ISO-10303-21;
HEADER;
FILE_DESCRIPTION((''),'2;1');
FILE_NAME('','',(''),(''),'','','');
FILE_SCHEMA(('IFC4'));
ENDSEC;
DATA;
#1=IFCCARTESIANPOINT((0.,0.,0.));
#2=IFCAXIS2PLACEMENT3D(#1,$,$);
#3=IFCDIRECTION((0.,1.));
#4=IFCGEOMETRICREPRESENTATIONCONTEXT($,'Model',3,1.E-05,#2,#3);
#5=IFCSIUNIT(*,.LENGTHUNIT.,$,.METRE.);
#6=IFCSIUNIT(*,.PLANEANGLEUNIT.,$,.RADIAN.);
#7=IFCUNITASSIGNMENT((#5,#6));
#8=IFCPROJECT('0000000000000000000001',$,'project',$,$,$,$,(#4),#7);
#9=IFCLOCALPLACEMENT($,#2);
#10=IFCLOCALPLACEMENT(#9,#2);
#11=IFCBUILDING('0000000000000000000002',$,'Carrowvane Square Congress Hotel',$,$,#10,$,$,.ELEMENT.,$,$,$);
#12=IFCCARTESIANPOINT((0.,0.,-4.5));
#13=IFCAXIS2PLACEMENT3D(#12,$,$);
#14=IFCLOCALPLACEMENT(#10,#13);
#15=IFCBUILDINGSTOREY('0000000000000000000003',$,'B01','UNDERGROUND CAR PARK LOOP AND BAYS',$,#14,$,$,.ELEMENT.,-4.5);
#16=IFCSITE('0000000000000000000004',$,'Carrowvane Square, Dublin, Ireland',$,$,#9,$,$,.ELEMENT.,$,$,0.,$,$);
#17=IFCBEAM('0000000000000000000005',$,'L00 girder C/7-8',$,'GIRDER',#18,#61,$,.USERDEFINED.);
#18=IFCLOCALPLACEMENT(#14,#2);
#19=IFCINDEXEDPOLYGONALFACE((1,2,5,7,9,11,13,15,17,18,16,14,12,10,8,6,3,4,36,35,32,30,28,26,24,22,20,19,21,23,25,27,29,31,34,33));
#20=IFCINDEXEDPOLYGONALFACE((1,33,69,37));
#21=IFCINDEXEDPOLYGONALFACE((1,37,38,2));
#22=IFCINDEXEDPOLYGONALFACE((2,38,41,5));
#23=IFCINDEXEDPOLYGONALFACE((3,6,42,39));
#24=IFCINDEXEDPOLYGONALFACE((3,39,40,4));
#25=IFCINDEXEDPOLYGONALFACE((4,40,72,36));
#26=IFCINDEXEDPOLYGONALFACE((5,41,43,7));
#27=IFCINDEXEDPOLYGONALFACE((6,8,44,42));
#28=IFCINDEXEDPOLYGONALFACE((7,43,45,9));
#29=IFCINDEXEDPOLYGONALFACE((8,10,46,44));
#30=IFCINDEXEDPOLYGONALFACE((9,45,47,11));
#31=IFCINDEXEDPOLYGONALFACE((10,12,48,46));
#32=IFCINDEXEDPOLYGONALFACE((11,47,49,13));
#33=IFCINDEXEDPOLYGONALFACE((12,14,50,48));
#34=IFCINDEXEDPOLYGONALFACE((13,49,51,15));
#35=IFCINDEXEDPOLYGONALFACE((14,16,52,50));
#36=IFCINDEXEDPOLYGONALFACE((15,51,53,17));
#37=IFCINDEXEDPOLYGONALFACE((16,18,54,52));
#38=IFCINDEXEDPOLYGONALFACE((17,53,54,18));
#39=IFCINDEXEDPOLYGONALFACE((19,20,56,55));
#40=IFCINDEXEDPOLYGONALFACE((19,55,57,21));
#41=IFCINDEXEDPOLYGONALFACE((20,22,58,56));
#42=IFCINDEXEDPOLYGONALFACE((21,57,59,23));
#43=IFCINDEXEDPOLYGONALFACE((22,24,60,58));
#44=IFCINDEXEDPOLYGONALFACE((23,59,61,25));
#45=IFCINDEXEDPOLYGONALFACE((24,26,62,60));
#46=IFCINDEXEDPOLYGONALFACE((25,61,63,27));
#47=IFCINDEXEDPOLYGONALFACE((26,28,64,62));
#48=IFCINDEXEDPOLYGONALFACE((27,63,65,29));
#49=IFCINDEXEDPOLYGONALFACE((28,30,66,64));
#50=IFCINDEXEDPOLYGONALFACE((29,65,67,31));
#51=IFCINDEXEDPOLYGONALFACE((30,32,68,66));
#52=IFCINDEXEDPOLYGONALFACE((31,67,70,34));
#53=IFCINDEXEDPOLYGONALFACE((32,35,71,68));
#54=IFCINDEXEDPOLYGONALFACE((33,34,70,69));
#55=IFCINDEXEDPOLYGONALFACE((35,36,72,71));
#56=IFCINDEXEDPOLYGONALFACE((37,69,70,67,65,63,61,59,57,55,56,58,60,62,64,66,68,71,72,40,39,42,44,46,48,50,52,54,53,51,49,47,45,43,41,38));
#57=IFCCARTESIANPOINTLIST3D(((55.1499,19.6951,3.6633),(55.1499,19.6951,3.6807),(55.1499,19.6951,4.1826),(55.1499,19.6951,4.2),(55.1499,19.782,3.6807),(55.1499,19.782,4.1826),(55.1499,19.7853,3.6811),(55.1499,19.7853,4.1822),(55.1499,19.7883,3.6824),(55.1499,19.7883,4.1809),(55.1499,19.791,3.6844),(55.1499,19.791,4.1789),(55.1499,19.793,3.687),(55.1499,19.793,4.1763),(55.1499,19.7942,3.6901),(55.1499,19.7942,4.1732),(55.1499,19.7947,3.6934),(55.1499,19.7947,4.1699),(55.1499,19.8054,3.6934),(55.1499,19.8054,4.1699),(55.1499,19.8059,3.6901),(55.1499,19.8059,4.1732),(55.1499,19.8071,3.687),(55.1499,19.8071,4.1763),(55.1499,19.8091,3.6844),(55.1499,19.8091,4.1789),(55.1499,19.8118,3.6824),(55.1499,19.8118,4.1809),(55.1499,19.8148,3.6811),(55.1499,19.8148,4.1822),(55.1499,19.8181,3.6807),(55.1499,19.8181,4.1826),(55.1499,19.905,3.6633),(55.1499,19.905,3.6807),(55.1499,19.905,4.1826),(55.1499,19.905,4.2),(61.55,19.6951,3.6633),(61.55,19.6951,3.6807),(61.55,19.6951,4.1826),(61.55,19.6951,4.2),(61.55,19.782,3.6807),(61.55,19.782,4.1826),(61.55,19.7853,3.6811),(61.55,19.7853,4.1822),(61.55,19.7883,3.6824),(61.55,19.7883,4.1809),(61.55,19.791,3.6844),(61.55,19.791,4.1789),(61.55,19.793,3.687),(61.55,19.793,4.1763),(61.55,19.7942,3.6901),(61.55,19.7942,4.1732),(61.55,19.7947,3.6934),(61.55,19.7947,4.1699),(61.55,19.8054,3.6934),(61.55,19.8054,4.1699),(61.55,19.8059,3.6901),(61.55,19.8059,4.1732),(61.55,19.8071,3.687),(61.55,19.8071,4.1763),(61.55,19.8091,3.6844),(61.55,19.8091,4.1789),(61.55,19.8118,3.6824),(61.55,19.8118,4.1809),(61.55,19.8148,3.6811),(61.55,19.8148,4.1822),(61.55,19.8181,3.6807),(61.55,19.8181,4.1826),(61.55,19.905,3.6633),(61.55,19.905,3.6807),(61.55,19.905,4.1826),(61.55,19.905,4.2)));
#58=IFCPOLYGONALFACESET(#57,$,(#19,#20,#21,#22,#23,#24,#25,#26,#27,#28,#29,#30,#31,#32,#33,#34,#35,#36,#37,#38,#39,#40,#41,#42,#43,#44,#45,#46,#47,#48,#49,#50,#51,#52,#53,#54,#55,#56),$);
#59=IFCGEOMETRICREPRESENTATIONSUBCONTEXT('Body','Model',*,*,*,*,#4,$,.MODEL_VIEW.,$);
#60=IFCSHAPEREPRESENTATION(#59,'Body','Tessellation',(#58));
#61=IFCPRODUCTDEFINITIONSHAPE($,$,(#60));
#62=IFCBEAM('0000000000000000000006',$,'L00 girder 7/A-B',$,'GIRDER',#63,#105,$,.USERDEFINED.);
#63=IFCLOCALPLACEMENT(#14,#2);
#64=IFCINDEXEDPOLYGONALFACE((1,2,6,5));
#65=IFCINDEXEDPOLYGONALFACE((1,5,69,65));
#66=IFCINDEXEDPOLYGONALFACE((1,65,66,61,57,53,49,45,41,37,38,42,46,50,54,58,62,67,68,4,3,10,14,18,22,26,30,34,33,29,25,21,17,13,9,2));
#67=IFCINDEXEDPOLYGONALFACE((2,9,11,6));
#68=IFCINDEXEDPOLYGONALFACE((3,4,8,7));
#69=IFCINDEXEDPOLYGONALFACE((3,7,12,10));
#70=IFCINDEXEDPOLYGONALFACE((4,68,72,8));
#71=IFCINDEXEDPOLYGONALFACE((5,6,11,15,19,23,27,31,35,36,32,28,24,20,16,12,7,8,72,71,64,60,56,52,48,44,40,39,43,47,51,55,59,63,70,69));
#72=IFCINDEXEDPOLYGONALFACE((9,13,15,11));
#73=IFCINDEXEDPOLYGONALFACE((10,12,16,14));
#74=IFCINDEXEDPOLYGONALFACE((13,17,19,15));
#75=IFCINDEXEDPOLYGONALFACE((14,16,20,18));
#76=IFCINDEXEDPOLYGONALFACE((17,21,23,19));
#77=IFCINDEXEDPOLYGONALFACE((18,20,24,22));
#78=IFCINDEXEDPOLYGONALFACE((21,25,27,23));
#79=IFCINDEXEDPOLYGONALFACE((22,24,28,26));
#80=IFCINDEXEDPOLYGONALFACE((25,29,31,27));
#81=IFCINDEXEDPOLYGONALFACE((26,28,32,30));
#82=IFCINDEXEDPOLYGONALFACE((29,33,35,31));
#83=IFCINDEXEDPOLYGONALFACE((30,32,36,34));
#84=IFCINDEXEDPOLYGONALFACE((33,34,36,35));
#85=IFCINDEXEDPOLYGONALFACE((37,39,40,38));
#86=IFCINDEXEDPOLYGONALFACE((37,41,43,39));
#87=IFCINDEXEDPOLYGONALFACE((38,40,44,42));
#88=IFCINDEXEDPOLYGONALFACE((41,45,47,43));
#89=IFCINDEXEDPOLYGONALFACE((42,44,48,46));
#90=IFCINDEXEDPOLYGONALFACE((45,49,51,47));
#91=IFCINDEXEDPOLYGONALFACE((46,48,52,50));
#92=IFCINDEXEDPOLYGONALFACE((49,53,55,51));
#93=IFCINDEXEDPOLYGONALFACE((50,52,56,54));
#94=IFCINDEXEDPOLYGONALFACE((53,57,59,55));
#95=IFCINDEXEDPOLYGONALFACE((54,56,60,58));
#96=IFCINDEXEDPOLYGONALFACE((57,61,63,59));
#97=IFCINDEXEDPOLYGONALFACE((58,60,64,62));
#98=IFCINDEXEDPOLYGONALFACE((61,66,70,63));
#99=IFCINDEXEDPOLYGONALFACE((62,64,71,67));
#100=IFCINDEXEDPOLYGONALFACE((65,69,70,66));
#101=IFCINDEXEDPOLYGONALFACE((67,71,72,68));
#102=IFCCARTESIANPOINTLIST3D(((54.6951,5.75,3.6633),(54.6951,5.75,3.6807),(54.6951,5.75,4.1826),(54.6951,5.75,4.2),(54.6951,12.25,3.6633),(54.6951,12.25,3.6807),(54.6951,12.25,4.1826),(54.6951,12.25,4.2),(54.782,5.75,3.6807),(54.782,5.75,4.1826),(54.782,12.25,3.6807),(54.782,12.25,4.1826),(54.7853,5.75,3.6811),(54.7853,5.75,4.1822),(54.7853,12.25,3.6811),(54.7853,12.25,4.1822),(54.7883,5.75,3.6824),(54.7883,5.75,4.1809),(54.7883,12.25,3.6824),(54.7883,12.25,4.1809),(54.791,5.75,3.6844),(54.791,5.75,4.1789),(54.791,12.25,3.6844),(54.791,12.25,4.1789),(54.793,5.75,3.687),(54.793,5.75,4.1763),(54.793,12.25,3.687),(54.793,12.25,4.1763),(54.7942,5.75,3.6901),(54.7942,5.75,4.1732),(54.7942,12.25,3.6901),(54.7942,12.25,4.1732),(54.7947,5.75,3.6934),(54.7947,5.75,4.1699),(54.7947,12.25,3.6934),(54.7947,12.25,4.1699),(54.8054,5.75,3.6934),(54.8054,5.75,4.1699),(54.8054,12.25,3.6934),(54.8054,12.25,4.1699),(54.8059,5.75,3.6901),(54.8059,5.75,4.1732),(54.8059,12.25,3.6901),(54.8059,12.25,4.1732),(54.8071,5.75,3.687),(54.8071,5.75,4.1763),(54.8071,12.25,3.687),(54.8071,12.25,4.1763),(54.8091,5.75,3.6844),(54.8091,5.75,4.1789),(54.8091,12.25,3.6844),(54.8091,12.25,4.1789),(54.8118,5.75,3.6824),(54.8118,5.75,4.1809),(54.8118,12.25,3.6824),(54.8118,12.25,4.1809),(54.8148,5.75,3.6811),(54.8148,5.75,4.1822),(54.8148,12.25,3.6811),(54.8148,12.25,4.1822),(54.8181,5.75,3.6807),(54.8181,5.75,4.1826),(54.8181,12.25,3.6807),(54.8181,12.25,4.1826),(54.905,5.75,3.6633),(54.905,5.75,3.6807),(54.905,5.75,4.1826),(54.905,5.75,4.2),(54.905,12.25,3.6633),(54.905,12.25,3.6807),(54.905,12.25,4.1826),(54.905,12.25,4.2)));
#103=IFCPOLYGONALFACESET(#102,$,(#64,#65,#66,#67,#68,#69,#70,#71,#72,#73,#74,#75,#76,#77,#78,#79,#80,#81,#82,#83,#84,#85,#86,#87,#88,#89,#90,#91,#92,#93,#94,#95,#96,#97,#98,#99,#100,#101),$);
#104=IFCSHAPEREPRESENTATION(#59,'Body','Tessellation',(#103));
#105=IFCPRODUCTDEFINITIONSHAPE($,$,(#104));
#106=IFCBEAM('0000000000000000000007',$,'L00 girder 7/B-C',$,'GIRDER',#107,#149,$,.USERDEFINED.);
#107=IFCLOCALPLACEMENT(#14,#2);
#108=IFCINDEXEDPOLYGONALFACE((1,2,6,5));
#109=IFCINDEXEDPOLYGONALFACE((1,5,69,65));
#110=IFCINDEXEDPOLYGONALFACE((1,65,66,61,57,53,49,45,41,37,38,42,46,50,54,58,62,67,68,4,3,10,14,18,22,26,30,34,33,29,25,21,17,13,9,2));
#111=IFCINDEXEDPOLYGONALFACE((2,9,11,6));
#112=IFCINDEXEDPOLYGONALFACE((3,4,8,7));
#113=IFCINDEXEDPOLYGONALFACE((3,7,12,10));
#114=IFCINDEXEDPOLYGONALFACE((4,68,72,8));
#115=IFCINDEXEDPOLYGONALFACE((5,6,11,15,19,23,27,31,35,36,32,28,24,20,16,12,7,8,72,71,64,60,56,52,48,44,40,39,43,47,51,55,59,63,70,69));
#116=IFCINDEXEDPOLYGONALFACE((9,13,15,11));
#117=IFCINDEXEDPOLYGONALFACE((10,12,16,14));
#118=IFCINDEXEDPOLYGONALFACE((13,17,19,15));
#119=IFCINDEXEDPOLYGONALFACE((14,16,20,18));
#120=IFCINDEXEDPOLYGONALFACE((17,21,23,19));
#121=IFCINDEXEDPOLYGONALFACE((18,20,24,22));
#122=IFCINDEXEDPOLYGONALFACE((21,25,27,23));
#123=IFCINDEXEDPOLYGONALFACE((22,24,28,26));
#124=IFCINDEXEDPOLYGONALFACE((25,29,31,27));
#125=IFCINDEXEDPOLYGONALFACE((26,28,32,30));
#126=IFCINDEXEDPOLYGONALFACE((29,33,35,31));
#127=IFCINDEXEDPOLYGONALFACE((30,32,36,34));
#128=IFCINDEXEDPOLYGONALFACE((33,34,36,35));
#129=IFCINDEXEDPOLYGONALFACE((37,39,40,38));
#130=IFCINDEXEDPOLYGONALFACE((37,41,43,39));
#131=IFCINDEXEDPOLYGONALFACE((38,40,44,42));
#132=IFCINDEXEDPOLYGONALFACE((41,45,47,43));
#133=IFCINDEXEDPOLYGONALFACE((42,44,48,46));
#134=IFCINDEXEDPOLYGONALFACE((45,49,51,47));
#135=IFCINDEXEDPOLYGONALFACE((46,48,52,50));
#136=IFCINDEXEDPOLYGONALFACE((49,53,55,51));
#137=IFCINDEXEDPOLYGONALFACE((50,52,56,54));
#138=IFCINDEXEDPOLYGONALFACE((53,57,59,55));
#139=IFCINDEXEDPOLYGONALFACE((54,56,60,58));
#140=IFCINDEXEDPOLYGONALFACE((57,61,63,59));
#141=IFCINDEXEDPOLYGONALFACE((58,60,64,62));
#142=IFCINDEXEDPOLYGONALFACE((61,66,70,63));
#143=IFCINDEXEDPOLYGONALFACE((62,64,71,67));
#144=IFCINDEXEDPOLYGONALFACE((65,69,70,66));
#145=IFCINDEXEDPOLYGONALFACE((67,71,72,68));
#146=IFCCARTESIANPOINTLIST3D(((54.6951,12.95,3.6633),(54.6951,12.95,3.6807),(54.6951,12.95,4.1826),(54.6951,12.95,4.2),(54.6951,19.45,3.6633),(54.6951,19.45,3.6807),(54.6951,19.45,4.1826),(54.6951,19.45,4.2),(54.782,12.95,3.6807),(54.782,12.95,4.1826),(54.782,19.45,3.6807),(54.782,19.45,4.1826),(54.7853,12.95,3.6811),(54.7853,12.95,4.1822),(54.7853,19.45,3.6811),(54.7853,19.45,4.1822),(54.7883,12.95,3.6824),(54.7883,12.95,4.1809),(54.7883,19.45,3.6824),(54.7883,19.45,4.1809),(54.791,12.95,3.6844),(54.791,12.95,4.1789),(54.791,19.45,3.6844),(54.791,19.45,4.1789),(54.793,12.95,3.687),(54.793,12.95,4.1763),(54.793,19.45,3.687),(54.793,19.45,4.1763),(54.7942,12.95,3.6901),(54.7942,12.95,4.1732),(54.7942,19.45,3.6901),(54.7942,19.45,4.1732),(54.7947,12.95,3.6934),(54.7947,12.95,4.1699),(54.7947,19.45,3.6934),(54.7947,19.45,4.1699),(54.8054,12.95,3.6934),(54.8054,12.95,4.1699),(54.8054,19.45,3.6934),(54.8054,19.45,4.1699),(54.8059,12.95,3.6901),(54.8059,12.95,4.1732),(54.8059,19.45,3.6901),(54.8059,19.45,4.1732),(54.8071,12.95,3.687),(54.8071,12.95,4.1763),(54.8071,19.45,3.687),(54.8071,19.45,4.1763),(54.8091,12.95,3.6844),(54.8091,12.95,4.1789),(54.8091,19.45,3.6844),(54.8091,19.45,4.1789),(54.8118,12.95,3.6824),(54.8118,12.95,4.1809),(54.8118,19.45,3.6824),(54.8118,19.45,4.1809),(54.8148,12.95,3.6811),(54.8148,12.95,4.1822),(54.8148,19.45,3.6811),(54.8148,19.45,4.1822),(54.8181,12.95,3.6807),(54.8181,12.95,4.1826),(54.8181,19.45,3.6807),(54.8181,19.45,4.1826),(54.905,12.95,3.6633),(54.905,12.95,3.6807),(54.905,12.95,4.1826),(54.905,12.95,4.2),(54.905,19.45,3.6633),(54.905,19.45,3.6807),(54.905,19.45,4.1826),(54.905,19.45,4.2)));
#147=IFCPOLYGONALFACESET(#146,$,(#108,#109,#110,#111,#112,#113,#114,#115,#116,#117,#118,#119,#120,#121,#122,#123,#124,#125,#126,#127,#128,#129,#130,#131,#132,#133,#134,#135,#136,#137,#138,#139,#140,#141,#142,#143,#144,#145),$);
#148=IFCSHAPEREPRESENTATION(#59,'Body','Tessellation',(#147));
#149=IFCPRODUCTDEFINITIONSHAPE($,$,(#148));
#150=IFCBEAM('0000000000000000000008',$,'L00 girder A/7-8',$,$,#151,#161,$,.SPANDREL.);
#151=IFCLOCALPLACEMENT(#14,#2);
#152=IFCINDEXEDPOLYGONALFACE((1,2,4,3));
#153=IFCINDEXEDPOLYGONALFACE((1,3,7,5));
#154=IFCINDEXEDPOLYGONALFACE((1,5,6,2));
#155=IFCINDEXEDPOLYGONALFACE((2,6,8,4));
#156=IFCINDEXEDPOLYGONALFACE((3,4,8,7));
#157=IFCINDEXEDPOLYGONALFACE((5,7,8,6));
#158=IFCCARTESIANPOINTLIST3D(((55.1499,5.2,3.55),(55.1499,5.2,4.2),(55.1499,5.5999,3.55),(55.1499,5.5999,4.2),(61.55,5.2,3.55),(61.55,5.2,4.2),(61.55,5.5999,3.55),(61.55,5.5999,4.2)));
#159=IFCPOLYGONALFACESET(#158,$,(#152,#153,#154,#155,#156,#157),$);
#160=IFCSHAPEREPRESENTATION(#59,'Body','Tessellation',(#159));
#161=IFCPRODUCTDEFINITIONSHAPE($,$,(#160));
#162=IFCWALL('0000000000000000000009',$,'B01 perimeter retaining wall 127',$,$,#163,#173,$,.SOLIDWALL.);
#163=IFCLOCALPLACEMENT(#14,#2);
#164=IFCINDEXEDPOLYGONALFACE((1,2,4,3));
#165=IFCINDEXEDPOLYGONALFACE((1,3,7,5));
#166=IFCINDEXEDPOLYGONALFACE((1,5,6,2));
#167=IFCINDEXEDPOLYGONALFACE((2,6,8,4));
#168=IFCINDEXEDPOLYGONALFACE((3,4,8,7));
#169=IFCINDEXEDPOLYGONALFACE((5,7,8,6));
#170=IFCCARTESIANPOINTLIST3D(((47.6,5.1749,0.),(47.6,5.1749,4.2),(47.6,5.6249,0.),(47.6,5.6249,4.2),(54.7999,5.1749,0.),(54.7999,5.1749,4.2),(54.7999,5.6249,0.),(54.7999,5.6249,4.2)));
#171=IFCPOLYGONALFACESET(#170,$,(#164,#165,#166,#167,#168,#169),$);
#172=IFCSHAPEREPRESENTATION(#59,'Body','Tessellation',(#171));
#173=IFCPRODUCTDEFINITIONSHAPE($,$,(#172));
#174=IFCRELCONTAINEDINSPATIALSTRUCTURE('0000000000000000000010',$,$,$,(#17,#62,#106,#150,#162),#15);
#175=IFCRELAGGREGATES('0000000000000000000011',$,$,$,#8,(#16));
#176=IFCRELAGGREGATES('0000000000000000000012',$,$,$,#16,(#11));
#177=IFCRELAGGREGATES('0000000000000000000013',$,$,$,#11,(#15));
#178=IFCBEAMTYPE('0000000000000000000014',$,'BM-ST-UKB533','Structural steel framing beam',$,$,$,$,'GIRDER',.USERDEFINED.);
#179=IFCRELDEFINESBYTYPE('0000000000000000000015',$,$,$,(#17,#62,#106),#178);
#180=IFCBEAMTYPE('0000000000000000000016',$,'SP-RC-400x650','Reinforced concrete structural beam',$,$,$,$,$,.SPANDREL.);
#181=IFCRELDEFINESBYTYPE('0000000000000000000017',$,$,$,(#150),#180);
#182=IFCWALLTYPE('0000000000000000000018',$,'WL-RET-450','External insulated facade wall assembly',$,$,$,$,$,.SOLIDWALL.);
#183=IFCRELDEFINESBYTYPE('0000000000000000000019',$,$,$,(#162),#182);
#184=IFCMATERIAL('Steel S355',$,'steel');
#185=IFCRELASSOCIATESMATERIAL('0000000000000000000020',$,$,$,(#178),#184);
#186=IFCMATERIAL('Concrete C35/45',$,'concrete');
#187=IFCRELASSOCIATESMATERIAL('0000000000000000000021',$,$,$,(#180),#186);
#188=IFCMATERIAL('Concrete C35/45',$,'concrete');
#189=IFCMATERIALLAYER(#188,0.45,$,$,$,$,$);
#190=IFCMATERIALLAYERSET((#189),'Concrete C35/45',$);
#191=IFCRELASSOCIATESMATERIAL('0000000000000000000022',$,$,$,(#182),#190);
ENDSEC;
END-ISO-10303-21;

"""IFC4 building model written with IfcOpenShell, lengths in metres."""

from ifc_helpers import new_model, si_unit, direction, frame, frame_2d, origin, origin_2d, place, context, subcontext, project, spatial, rectangle, i_section, extrude, material, layer, layer_set, material_profile, profile_set, type_object, element, save


model = new_model("IFC4")

# Units and contexts
model_context = context("Model", 3, precision=1e-05, world=origin(), true_north=direction((0.0, 1.0)))
body_context = subcontext(model_context, "Body", "Model", "MODEL_VIEW")
ifc_project = project(units=[si_unit("LENGTHUNIT", "METRE"), si_unit("PLANEANGLEUNIT", "RADIAN")], contexts=[model_context])

# Site, building, storey
site_placement = place(None, origin())
site = spatial("IfcSite", under=ifc_project, at=site_placement, Name="Carrowvane Square, Dublin, Ireland", CompositionType="ELEMENT", RefElevation=0.0)
building_placement = place(site_placement, origin())
building = spatial("IfcBuilding", under=site, at=building_placement, Name="Carrowvane Square Congress Hotel", CompositionType="ELEMENT")
storey_placement = place(building_placement, frame((0.0, 0.0, -4.5)))
storey = spatial("IfcBuildingStorey", under=building, at=storey_placement, Name="B01", Description="UNDERGROUND CAR PARK LOOP AND BAYS", CompositionType="ELEMENT", Elevation=-4.5)

# Beams
ifc_material_1 = material(Name="Steel S355", Category="steel")
ifc_material_profile_1 = material_profile(ifc_material_1, i_section(OverallWidth=0.21, OverallDepth=0.5366, WebThickness=0.0107, FlangeThickness=0.0173, FilletRadius=0.0127, at=origin_2d()), Name="UKB 533x210x101")
ifc_profile_set_1 = profile_set([ifc_material_profile_1], Name="Steel S355")
beam_type_1 = type_object("IfcBeamType", Name="BM-ST-UKB533", Description="Structural steel framing beam", ElementType="GIRDER", PredefinedType="USERDEFINED", material=ifc_profile_set_1)
for number, where, z_axis, x_axis, name in (
    (1, (55.1499, 19.8, 3.9316), (1.0, 0.0, 0.0), (0.0, 1.0, 0.0), "L00 girder C/7-8"),
):
    element("IfcBeam", number, at=place(storey_placement, frame(where, z_axis=z_axis, x_axis=x_axis)), inside=storey, type_object=beam_type_1, Name=name, ObjectType="GIRDER", PredefinedType="USERDEFINED", context=body_context, shape_type="SweptSolid", body=[
        extrude(i_section(OverallWidth=0.21, OverallDepth=0.5366, WebThickness=0.0107, FlangeThickness=0.0173, FilletRadius=0.0127, at=origin_2d()), origin(), (0.0, 0.0, 1.0), 6.4001),
    ])
for number, where, z_axis, x_axis, name in (
    (2, (54.8, 5.75, 3.9316), (0.0, 1.0, 0.0), (-1.0, 0.0, 0.0), "L00 girder 7/A-B"),
    (3, (54.8, 12.95, 3.9316), (0.0, 1.0, 0.0), (-1.0, 0.0, 0.0), "L00 girder 7/B-C"),
):
    element("IfcBeam", number, at=place(storey_placement, frame(where, z_axis=z_axis, x_axis=x_axis)), inside=storey, type_object=beam_type_1, Name=name, ObjectType="GIRDER", PredefinedType="USERDEFINED", context=body_context, shape_type="SweptSolid", body=[
        extrude(i_section(OverallWidth=0.21, OverallDepth=0.5366, WebThickness=0.0107, FlangeThickness=0.0173, FilletRadius=0.0127, at=origin_2d()), origin(), (0.0, 0.0, 1.0), 6.5),
    ])
ifc_material_2 = material(Name="Concrete C35/45", Category="concrete")
ifc_material_profile_2 = material_profile(ifc_material_2, rectangle(XDim=0.3999, YDim=0.6499, at=origin_2d()), Name="RC 400x650")
ifc_profile_set_2 = profile_set([ifc_material_profile_2], Name="Concrete C35/45")
beam_type_2 = type_object("IfcBeamType", Name="SP-RC-400x650", Description="Reinforced concrete structural beam", PredefinedType="SPANDREL", material=ifc_profile_set_2)
beam_placement = place(storey_placement, frame((55.1499, 5.3999, 3.875), z_axis=(1.0, 0.0, 0.0), x_axis=(0.0, 1.0, 0.0)))
element("IfcBeam", 4, at=beam_placement, inside=storey, type_object=beam_type_2, Name="L00 girder A/7-8", PredefinedType="SPANDREL", context=body_context, shape_type="SweptSolid", body=[
    extrude(rectangle(XDim=0.3999, YDim=0.6499, at=origin_2d()), origin(), (0.0, 0.0, 1.0), 6.4001),
])

# Wall
ifc_material_3 = material(Name="Concrete C35/45", Category="concrete")
ifc_layer = layer(ifc_material_3, 0.45)
ifc_layer_set = layer_set([ifc_layer], Name="Concrete C35/45")
wall_type = type_object("IfcWallType", Name="WL-RET-450", Description="External insulated facade wall assembly", PredefinedType="SOLIDWALL", material=ifc_layer_set)
wall_placement = place(storey_placement, frame((54.8, 5.3999, 0.0), z_axis=(0.0, 0.0, 1.0), x_axis=(-1.0, 0.0, 0.0)))
element("IfcWall", 5, at=wall_placement, inside=storey, type_object=wall_type, Name="B01 perimeter retaining wall 127", PredefinedType="SOLIDWALL", context=body_context, shape_type="SweptSolid", body=[
    extrude(rectangle(XDim=7.2, YDim=0.45, at=frame_2d((3.6001, 0.0))), origin(), (0.0, 0.0, 1.0), 4.2),
])

save(model, "model.ifc")
